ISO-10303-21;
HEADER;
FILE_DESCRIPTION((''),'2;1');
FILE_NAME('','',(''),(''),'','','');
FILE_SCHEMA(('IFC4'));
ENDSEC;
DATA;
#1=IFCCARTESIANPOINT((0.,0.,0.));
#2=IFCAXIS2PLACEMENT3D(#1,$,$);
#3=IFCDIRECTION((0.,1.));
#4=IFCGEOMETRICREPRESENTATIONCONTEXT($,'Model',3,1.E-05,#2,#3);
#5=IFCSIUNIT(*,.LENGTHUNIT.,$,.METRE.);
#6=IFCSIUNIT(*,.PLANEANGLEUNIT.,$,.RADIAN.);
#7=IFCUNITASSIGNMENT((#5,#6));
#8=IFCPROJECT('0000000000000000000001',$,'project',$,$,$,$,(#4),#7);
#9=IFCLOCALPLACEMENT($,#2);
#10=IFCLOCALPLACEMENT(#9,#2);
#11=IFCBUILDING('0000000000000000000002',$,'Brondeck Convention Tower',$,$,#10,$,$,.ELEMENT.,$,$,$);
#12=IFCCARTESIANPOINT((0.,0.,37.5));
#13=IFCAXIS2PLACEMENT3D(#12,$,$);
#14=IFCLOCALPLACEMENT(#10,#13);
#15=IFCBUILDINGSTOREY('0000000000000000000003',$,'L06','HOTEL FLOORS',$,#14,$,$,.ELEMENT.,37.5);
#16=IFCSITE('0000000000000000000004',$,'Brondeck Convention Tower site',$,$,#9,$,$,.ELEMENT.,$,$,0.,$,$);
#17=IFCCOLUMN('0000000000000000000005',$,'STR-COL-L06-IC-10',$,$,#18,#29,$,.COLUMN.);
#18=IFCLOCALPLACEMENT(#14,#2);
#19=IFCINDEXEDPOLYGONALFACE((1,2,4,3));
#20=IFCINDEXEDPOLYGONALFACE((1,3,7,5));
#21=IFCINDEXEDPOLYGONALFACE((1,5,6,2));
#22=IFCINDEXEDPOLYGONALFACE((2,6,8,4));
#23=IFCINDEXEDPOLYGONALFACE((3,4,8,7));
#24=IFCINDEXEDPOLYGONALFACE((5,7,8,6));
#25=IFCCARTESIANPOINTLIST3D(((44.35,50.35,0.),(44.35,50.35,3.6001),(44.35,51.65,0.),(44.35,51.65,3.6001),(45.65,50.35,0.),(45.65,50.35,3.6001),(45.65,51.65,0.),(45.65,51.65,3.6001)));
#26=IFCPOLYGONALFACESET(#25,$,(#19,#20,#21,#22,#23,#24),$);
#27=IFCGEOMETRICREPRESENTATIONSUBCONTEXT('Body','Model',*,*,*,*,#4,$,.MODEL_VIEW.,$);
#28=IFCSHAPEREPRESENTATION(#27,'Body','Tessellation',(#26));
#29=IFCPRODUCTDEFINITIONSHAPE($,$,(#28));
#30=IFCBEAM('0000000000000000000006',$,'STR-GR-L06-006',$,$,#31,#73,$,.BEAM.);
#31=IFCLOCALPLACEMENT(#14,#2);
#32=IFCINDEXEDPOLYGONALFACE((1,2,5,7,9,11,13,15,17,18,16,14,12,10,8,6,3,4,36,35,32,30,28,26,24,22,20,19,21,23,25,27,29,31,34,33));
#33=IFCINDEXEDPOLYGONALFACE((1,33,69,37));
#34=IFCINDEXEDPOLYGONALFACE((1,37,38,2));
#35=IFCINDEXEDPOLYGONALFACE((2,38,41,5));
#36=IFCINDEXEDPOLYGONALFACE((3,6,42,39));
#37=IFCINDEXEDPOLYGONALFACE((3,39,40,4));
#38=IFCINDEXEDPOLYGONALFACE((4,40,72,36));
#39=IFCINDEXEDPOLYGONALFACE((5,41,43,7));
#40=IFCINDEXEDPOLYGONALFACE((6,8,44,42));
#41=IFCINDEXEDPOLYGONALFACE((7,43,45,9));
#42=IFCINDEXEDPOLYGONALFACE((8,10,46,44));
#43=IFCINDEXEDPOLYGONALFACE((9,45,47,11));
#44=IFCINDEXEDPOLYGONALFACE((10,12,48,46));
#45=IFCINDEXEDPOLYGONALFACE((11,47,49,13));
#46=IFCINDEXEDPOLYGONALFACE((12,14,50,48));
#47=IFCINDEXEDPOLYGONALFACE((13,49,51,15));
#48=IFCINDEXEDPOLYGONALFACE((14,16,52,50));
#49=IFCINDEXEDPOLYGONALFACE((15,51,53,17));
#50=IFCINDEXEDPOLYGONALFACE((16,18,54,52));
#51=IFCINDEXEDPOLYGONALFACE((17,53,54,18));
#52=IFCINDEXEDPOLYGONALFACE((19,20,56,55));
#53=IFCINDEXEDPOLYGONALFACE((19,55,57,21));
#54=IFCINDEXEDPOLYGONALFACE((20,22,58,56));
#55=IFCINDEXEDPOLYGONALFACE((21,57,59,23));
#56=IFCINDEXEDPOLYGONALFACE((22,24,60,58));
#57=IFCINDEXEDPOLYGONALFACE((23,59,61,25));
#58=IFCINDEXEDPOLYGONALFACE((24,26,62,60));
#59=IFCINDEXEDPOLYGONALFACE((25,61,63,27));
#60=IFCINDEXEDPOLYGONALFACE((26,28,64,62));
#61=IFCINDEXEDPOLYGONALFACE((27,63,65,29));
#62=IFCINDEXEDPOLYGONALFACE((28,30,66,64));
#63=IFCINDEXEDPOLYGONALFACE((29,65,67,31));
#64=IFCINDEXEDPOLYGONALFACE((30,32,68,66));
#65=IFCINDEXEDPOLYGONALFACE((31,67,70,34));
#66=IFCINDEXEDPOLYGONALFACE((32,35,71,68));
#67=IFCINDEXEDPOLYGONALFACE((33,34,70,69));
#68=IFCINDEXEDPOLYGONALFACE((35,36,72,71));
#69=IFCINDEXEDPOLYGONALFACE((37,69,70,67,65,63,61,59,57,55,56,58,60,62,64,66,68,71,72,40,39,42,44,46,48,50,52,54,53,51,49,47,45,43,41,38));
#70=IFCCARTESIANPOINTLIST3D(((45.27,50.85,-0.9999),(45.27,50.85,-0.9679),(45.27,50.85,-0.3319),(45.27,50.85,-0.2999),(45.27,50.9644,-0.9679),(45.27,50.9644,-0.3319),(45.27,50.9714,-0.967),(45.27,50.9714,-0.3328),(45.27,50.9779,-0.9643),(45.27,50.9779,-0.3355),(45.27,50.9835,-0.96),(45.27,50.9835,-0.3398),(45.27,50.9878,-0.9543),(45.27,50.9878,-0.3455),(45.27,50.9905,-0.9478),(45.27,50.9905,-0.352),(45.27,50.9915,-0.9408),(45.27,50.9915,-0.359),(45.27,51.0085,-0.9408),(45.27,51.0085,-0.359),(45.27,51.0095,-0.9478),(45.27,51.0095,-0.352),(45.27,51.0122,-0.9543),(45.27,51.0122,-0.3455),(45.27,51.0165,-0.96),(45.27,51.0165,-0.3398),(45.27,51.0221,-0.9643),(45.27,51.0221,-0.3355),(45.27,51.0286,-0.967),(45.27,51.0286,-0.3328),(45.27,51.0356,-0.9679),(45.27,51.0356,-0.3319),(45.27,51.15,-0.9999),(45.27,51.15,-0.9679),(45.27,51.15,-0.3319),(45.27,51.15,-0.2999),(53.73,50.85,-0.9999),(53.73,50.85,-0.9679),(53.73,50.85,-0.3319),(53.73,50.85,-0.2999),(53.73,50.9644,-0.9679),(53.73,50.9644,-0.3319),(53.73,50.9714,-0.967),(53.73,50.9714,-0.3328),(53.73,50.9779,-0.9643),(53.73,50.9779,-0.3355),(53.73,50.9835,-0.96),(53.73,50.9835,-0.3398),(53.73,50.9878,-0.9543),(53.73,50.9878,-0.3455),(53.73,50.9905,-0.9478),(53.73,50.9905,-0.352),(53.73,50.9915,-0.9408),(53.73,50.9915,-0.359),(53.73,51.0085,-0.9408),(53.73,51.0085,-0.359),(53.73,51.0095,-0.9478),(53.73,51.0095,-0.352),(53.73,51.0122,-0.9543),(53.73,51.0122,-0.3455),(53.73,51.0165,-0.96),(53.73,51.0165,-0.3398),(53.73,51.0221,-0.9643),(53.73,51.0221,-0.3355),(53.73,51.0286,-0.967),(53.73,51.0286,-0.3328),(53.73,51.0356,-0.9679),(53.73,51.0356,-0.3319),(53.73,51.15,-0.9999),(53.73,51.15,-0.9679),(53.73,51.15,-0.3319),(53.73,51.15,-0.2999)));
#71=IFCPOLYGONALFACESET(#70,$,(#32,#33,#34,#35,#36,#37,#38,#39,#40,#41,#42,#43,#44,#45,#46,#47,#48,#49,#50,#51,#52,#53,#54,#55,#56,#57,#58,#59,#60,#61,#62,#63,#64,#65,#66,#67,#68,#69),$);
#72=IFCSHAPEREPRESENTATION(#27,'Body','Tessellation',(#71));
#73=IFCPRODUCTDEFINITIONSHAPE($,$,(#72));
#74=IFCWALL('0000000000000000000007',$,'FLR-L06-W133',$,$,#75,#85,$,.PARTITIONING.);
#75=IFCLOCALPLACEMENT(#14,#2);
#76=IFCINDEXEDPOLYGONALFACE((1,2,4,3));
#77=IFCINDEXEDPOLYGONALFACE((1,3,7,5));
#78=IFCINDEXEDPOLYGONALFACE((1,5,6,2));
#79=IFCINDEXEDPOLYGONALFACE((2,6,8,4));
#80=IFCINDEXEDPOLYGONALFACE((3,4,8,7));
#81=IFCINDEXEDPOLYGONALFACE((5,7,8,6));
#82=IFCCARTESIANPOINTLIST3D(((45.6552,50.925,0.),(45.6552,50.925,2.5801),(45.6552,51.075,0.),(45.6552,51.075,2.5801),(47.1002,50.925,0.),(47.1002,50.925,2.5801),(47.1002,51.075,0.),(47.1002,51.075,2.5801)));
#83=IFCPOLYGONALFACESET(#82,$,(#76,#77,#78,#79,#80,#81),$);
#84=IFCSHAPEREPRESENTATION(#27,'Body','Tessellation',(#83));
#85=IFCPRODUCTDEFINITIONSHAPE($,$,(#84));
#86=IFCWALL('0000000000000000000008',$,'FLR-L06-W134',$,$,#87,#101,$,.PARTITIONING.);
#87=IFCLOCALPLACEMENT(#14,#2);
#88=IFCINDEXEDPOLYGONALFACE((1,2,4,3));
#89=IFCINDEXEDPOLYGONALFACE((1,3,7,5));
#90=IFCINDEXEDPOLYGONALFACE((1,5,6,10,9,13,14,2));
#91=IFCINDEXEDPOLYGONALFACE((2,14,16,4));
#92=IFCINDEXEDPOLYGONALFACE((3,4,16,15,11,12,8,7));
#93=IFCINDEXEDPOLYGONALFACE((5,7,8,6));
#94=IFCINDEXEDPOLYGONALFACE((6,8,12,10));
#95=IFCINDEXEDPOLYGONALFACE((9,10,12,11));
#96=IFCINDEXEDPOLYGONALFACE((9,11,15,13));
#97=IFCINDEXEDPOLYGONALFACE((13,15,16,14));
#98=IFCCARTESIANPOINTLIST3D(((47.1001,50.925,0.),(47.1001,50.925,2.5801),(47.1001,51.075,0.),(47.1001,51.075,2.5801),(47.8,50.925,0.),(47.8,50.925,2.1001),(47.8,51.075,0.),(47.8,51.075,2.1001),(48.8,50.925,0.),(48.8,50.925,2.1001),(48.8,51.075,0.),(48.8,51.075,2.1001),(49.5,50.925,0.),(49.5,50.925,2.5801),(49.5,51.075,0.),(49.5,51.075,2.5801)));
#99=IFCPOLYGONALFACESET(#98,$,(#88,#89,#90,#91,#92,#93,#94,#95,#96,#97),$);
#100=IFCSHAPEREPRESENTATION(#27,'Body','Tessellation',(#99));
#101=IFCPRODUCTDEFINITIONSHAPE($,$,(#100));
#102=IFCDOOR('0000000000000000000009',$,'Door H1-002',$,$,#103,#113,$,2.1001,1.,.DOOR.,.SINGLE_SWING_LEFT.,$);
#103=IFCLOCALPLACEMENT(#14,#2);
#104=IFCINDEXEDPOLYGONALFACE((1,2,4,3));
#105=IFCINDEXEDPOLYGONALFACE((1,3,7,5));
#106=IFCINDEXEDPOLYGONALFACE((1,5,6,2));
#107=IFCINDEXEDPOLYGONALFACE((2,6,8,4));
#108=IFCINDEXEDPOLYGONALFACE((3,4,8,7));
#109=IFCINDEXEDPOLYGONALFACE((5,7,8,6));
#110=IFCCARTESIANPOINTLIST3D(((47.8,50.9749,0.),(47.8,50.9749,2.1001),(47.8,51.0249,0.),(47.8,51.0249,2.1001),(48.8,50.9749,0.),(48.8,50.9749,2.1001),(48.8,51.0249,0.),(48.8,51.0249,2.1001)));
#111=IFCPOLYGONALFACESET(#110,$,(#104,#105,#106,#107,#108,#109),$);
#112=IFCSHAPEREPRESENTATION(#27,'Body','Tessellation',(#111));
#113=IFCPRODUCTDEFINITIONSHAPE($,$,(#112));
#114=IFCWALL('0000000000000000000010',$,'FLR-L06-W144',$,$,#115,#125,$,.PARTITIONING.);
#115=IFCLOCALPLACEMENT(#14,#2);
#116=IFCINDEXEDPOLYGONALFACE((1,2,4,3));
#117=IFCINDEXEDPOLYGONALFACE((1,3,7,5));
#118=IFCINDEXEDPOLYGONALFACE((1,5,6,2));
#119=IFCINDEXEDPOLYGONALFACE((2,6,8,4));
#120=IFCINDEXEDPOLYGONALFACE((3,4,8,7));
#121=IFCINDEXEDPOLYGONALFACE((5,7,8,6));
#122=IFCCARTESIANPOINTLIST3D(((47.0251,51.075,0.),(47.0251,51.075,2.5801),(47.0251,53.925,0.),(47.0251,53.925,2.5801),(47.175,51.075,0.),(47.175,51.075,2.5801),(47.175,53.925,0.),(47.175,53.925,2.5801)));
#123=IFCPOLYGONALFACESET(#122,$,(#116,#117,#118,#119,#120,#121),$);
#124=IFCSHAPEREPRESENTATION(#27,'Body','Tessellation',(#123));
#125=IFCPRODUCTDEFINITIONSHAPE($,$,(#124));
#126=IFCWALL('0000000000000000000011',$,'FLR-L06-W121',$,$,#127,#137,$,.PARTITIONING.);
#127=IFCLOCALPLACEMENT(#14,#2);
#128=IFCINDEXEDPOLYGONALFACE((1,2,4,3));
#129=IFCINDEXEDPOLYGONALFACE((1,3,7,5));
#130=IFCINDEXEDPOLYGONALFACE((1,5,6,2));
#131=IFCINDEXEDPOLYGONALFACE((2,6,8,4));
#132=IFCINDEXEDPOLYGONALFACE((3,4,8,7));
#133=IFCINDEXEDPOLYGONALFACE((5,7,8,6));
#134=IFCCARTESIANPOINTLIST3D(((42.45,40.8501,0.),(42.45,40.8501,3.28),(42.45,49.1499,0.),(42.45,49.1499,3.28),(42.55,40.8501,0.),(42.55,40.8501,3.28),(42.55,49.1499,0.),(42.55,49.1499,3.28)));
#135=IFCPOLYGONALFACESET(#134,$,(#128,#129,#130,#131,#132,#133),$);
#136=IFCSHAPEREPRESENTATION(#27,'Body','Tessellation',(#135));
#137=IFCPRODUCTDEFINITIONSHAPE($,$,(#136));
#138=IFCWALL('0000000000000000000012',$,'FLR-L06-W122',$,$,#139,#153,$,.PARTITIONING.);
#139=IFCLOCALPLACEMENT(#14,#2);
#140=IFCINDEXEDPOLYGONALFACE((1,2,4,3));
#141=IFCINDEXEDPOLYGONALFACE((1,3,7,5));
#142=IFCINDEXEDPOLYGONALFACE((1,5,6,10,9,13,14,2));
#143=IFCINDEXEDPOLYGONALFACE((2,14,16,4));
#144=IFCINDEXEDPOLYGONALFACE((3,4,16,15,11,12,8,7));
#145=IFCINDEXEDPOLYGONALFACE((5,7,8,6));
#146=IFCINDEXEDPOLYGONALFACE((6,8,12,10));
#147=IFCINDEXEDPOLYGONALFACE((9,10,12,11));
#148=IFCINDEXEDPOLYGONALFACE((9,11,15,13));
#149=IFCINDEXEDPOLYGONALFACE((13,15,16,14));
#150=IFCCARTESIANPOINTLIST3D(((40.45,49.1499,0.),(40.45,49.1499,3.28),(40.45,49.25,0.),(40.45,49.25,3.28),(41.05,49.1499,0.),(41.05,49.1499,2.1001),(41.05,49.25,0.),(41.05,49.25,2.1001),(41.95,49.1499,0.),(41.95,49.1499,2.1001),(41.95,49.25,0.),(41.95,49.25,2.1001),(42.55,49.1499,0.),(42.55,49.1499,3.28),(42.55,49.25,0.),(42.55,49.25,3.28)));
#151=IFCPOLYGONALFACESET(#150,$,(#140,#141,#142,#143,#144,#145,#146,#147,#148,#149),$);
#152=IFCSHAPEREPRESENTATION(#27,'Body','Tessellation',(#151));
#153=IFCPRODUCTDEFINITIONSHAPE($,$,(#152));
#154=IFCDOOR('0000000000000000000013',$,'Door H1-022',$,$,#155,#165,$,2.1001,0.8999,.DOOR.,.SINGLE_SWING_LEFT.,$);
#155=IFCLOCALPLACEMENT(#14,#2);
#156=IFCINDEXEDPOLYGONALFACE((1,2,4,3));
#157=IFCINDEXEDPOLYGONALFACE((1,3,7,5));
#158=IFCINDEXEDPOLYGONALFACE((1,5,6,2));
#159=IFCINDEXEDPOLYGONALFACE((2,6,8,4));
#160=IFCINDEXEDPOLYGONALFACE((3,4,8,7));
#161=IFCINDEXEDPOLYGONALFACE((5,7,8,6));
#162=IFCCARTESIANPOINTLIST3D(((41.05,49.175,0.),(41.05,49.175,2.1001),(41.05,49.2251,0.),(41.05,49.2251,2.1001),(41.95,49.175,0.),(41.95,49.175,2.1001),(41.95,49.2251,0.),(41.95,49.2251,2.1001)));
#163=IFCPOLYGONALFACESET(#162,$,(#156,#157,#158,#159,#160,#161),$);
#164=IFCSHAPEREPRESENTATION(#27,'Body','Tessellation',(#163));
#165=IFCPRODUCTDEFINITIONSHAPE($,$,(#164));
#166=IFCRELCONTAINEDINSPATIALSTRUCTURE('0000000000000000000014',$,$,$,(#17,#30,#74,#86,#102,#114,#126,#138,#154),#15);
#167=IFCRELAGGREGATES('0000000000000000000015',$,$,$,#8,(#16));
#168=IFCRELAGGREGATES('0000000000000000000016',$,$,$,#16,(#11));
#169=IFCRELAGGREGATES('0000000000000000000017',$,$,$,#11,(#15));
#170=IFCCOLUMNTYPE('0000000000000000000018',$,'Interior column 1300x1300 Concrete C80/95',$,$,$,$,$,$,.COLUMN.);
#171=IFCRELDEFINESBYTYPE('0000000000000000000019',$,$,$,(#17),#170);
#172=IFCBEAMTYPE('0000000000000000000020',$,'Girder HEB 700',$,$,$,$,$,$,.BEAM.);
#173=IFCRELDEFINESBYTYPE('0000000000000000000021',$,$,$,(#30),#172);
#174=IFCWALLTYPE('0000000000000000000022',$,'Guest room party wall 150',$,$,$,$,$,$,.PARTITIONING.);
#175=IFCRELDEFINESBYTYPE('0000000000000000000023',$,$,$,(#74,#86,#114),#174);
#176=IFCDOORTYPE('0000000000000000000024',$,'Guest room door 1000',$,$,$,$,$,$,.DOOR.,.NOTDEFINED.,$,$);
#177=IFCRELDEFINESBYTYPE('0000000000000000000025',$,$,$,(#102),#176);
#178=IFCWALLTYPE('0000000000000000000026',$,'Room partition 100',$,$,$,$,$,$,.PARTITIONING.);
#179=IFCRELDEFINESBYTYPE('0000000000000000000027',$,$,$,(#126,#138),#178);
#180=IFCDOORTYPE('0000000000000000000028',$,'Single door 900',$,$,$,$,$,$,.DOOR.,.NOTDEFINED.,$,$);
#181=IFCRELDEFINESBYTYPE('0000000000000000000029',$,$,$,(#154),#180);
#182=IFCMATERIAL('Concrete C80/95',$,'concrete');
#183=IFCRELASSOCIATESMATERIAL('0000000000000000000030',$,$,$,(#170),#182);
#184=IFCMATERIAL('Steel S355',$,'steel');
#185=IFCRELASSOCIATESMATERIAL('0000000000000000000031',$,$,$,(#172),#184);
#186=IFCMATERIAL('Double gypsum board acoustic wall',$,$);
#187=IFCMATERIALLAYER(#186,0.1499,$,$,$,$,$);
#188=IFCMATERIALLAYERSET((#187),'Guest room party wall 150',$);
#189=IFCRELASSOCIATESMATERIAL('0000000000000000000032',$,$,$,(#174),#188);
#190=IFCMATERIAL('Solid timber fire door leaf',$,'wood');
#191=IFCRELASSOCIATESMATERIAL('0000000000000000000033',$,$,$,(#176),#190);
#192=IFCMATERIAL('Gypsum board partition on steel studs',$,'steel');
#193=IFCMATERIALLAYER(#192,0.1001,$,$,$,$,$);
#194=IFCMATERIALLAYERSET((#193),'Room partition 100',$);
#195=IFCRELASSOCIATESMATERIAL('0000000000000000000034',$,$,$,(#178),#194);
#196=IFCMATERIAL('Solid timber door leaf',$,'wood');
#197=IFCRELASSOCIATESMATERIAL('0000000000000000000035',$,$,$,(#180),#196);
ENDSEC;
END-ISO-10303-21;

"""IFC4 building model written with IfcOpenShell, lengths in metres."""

from ifc_helpers import new_model, si_unit, direction, frame, frame_2d, origin, origin_2d, place, context, subcontext, project, spatial, rectangle, i_section, extrude, material, layer, layer_set, material_profile, profile_set, type_object, element, fill, save


model = new_model("IFC4")

# Units and contexts
model_context = context("Model", 3, precision=1e-05, world=origin(), true_north=direction((0.0, 1.0)))
body_context = subcontext(model_context, "Body", "Model", "MODEL_VIEW")
ifc_project = project(units=[si_unit("LENGTHUNIT", "METRE"), si_unit("PLANEANGLEUNIT", "RADIAN")], contexts=[model_context])

# Site, building, storey
site_placement = place(None, origin())
site = spatial("IfcSite", under=ifc_project, at=site_placement, Name="Brondeck Convention Tower site", CompositionType="ELEMENT", RefElevation=0.0)
building_placement = place(site_placement, origin())
building = spatial("IfcBuilding", under=site, at=building_placement, Name="Brondeck Convention Tower", CompositionType="ELEMENT")
storey_placement = place(building_placement, frame((0.0, 0.0, 37.5)))
storey = spatial("IfcBuildingStorey", under=building, at=storey_placement, Name="L06", Description="HOTEL FLOORS", CompositionType="ELEMENT", Elevation=37.5)

# Column
ifc_material_1 = material(Name="Concrete C80/95", Category="concrete")
ifc_material_profile_1 = material_profile(ifc_material_1, rectangle(XDim=1.3, YDim=1.3, at=origin_2d()), Name="Interior column 1300x1300 Concrete C80/95")
ifc_profile_set_1 = profile_set([ifc_material_profile_1], Name="Concrete C80/95")
column_type = type_object("IfcColumnType", Name="Interior column 1300x1300 Concrete C80/95", PredefinedType="COLUMN", material=ifc_profile_set_1)
column_placement = place(storey_placement, frame((45.0, 51.0, 0.0), z_axis=(0.0, 0.0, 1.0), x_axis=(1.0, 0.0, 0.0)))
element("IfcColumn", 1, at=column_placement, inside=storey, type_object=column_type, Name="STR-COL-L06-IC-10", PredefinedType="COLUMN", context=body_context, shape_type="SweptSolid", body=[
    extrude(rectangle(XDim=1.3, YDim=1.3, at=origin_2d()), origin(), (0.0, 0.0, 1.0), 3.6001),
])

# Beam
ifc_material_2 = material(Name="Steel S355", Category="steel")
ifc_material_profile_2 = material_profile(ifc_material_2, i_section(OverallWidth=0.3, OverallDepth=0.7, WebThickness=0.0171, FlangeThickness=0.032, FilletRadius=0.0271, at=origin_2d()), Name="HEB 700")
ifc_profile_set_2 = profile_set([ifc_material_profile_2], Name="Steel S355")
beam_type = type_object("IfcBeamType", Name="Girder HEB 700", PredefinedType="BEAM", material=ifc_profile_set_2)
beam_placement = place(storey_placement, frame((45.27, 51.0, -0.6499), z_axis=(1.0, 0.0, 0.0), x_axis=(0.0, 1.0, 0.0)))
element("IfcBeam", 2, at=beam_placement, inside=storey, type_object=beam_type, Name="STR-GR-L06-006", PredefinedType="BEAM", context=body_context, shape_type="SweptSolid", body=[
    extrude(i_section(OverallWidth=0.3, OverallDepth=0.7, WebThickness=0.0171, FlangeThickness=0.032, FilletRadius=0.0271, at=origin_2d()), origin(), (0.0, 0.0, 1.0), 8.46),
])

# Wall
ifc_material_3 = material(Name="Double gypsum board acoustic wall")
ifc_layer_1 = layer(ifc_material_3, 0.1499)
ifc_layer_set_1 = layer_set([ifc_layer_1], Name="Guest room party wall 150")
wall_type_1 = type_object("IfcWallType", Name="Guest room party wall 150", PredefinedType="PARTITIONING", material=ifc_layer_set_1)
wall_1_placement = place(storey_placement, frame((45.655, 51.0, 0.0), z_axis=(0.0, 0.0, 1.0), x_axis=(1.0, 0.0, 0.0)))
element("IfcWall", 3, at=wall_1_placement, inside=storey, type_object=wall_type_1, Name="FLR-L06-W133", PredefinedType="PARTITIONING", context=body_context, shape_type="SweptSolid", body=[
    extrude(rectangle(XDim=1.4451, YDim=0.1499, at=frame_2d((0.7227, 0.0))), origin(), (0.0, 0.0, 1.0), 2.5801),
])

# Wall, opening, door
wall_2_placement = place(storey_placement, frame((47.1001, 51.0, 0.0), z_axis=(0.0, 0.0, 1.0), x_axis=(1.0, 0.0, 0.0)))
wall_2 = element("IfcWall", 4, at=wall_2_placement, inside=storey, type_object=wall_type_1, Name="FLR-L06-W134", PredefinedType="PARTITIONING", context=body_context, shape_type="SweptSolid", body=[
    extrude(rectangle(XDim=2.3999, YDim=0.1499, at=frame_2d((1.2, 0.0))), origin(), (0.0, 0.0, 1.0), 2.5801),
])
opening_1_placement = place(wall_2_placement, frame((0.7, 0.0, 0.0)))
opening_1 = element("IfcOpeningElement", 5, at=opening_1_placement, cuts=wall_2, PredefinedType="OPENING", context=body_context, shape_type="SweptSolid", body=[
    extrude(rectangle(XDim=1.0, YDim=2.1001, at=frame_2d((0.5, 1.05))), frame((0.0, 0.085, 0.0), z_axis=(0.0, -1.0, 0.0), x_axis=(1.0, 0.0, 0.0)), (0.0, 0.0, 1.0), 0.1699),
])
ifc_material_4 = material(Name="Solid timber fire door leaf", Category="wood")
door_type_1 = type_object("IfcDoorType", Name="Guest room door 1000", OperationType="NOTDEFINED", PredefinedType="DOOR", material=ifc_material_4)
door_1_placement = place(opening_1_placement, origin())
door_1 = element("IfcDoor", 6, at=door_1_placement, inside=storey, type_object=door_type_1, Name="Door H1-002", OperationType="SINGLE_SWING_LEFT", OverallHeight=2.1001, OverallWidth=1.0, PredefinedType="DOOR", context=body_context, shape_type="SweptSolid", body=[
    extrude(rectangle(XDim=1.0, YDim=2.1001, at=frame_2d((0.5, 1.05))), frame((0.0, 0.0249, 0.0), z_axis=(0.0, -1.0, 0.0), x_axis=(1.0, 0.0, 0.0)), (0.0, 0.0, 1.0), 0.05),
])
fill(opening_1, door_1)

# Walls
wall_3_placement = place(storey_placement, frame((47.1001, 51.075, 0.0), z_axis=(0.0, 0.0, 1.0), x_axis=(0.0, 1.0, 0.0)))
element("IfcWall", 7, at=wall_3_placement, inside=storey, type_object=wall_type_1, Name="FLR-L06-W144", PredefinedType="PARTITIONING", context=body_context, shape_type="SweptSolid", body=[
    extrude(rectangle(XDim=2.8501, YDim=0.1499, at=frame_2d((1.425, 0.0))), origin(), (0.0, 0.0, 1.0), 2.5801),
])
ifc_material_5 = material(Name="Gypsum board partition on steel studs", Category="steel")
ifc_layer_2 = layer(ifc_material_5, 0.1001)
ifc_layer_set_2 = layer_set([ifc_layer_2], Name="Room partition 100")
wall_type_2 = type_object("IfcWallType", Name="Room partition 100", PredefinedType="PARTITIONING", material=ifc_layer_set_2)
wall_4_placement = place(storey_placement, frame((42.5, 49.1499, 0.0), z_axis=(0.0, 0.0, 1.0), x_axis=(0.0, -1.0, 0.0)))
element("IfcWall", 8, at=wall_4_placement, inside=storey, type_object=wall_type_2, Name="FLR-L06-W121", PredefinedType="PARTITIONING", context=body_context, shape_type="SweptSolid", body=[
    extrude(rectangle(XDim=8.2998, YDim=0.1001, at=frame_2d((4.1499, 0.0))), origin(), (0.0, 0.0, 1.0), 3.28),
])

# Wall, opening, door
wall_5_placement = place(storey_placement, frame((42.55, 49.2, 0.0), z_axis=(0.0, 0.0, 1.0), x_axis=(-1.0, 0.0, 0.0)))
wall_5 = element("IfcWall", 9, at=wall_5_placement, inside=storey, type_object=wall_type_2, Name="FLR-L06-W122", PredefinedType="PARTITIONING", context=body_context, shape_type="SweptSolid", body=[
    extrude(rectangle(XDim=2.1001, YDim=0.1001, at=frame_2d((1.05, 0.0))), origin(), (0.0, 0.0, 1.0), 3.28),
])
opening_2_placement = place(wall_5_placement, frame((0.6001, 0.0, 0.0)))
opening_2 = element("IfcOpeningElement", 10, at=opening_2_placement, cuts=wall_5, PredefinedType="OPENING", context=body_context, shape_type="SweptSolid", body=[
    extrude(rectangle(XDim=0.8999, YDim=2.1001, at=frame_2d((0.45, 1.05))), frame((0.0, 0.0601, 0.0), z_axis=(0.0, -1.0, 0.0), x_axis=(1.0, 0.0, 0.0)), (0.0, 0.0, 1.0), 0.1201),
])
ifc_material_6 = material(Name="Solid timber door leaf", Category="wood")
door_type_2 = type_object("IfcDoorType", Name="Single door 900", OperationType="NOTDEFINED", PredefinedType="DOOR", material=ifc_material_6)
door_2_placement = place(opening_2_placement, origin())
door_2 = element("IfcDoor", 11, at=door_2_placement, inside=storey, type_object=door_type_2, Name="Door H1-022", OperationType="SINGLE_SWING_LEFT", OverallHeight=2.1001, OverallWidth=0.8999, PredefinedType="DOOR", context=body_context, shape_type="SweptSolid", body=[
    extrude(rectangle(XDim=0.8999, YDim=2.1001, at=frame_2d((0.45, 1.05))), frame((0.0, 0.0249, 0.0), z_axis=(0.0, -1.0, 0.0), x_axis=(1.0, 0.0, 0.0)), (0.0, 0.0, 1.0), 0.05),
])
fill(opening_2, door_2)

save(model, "model.ifc")
